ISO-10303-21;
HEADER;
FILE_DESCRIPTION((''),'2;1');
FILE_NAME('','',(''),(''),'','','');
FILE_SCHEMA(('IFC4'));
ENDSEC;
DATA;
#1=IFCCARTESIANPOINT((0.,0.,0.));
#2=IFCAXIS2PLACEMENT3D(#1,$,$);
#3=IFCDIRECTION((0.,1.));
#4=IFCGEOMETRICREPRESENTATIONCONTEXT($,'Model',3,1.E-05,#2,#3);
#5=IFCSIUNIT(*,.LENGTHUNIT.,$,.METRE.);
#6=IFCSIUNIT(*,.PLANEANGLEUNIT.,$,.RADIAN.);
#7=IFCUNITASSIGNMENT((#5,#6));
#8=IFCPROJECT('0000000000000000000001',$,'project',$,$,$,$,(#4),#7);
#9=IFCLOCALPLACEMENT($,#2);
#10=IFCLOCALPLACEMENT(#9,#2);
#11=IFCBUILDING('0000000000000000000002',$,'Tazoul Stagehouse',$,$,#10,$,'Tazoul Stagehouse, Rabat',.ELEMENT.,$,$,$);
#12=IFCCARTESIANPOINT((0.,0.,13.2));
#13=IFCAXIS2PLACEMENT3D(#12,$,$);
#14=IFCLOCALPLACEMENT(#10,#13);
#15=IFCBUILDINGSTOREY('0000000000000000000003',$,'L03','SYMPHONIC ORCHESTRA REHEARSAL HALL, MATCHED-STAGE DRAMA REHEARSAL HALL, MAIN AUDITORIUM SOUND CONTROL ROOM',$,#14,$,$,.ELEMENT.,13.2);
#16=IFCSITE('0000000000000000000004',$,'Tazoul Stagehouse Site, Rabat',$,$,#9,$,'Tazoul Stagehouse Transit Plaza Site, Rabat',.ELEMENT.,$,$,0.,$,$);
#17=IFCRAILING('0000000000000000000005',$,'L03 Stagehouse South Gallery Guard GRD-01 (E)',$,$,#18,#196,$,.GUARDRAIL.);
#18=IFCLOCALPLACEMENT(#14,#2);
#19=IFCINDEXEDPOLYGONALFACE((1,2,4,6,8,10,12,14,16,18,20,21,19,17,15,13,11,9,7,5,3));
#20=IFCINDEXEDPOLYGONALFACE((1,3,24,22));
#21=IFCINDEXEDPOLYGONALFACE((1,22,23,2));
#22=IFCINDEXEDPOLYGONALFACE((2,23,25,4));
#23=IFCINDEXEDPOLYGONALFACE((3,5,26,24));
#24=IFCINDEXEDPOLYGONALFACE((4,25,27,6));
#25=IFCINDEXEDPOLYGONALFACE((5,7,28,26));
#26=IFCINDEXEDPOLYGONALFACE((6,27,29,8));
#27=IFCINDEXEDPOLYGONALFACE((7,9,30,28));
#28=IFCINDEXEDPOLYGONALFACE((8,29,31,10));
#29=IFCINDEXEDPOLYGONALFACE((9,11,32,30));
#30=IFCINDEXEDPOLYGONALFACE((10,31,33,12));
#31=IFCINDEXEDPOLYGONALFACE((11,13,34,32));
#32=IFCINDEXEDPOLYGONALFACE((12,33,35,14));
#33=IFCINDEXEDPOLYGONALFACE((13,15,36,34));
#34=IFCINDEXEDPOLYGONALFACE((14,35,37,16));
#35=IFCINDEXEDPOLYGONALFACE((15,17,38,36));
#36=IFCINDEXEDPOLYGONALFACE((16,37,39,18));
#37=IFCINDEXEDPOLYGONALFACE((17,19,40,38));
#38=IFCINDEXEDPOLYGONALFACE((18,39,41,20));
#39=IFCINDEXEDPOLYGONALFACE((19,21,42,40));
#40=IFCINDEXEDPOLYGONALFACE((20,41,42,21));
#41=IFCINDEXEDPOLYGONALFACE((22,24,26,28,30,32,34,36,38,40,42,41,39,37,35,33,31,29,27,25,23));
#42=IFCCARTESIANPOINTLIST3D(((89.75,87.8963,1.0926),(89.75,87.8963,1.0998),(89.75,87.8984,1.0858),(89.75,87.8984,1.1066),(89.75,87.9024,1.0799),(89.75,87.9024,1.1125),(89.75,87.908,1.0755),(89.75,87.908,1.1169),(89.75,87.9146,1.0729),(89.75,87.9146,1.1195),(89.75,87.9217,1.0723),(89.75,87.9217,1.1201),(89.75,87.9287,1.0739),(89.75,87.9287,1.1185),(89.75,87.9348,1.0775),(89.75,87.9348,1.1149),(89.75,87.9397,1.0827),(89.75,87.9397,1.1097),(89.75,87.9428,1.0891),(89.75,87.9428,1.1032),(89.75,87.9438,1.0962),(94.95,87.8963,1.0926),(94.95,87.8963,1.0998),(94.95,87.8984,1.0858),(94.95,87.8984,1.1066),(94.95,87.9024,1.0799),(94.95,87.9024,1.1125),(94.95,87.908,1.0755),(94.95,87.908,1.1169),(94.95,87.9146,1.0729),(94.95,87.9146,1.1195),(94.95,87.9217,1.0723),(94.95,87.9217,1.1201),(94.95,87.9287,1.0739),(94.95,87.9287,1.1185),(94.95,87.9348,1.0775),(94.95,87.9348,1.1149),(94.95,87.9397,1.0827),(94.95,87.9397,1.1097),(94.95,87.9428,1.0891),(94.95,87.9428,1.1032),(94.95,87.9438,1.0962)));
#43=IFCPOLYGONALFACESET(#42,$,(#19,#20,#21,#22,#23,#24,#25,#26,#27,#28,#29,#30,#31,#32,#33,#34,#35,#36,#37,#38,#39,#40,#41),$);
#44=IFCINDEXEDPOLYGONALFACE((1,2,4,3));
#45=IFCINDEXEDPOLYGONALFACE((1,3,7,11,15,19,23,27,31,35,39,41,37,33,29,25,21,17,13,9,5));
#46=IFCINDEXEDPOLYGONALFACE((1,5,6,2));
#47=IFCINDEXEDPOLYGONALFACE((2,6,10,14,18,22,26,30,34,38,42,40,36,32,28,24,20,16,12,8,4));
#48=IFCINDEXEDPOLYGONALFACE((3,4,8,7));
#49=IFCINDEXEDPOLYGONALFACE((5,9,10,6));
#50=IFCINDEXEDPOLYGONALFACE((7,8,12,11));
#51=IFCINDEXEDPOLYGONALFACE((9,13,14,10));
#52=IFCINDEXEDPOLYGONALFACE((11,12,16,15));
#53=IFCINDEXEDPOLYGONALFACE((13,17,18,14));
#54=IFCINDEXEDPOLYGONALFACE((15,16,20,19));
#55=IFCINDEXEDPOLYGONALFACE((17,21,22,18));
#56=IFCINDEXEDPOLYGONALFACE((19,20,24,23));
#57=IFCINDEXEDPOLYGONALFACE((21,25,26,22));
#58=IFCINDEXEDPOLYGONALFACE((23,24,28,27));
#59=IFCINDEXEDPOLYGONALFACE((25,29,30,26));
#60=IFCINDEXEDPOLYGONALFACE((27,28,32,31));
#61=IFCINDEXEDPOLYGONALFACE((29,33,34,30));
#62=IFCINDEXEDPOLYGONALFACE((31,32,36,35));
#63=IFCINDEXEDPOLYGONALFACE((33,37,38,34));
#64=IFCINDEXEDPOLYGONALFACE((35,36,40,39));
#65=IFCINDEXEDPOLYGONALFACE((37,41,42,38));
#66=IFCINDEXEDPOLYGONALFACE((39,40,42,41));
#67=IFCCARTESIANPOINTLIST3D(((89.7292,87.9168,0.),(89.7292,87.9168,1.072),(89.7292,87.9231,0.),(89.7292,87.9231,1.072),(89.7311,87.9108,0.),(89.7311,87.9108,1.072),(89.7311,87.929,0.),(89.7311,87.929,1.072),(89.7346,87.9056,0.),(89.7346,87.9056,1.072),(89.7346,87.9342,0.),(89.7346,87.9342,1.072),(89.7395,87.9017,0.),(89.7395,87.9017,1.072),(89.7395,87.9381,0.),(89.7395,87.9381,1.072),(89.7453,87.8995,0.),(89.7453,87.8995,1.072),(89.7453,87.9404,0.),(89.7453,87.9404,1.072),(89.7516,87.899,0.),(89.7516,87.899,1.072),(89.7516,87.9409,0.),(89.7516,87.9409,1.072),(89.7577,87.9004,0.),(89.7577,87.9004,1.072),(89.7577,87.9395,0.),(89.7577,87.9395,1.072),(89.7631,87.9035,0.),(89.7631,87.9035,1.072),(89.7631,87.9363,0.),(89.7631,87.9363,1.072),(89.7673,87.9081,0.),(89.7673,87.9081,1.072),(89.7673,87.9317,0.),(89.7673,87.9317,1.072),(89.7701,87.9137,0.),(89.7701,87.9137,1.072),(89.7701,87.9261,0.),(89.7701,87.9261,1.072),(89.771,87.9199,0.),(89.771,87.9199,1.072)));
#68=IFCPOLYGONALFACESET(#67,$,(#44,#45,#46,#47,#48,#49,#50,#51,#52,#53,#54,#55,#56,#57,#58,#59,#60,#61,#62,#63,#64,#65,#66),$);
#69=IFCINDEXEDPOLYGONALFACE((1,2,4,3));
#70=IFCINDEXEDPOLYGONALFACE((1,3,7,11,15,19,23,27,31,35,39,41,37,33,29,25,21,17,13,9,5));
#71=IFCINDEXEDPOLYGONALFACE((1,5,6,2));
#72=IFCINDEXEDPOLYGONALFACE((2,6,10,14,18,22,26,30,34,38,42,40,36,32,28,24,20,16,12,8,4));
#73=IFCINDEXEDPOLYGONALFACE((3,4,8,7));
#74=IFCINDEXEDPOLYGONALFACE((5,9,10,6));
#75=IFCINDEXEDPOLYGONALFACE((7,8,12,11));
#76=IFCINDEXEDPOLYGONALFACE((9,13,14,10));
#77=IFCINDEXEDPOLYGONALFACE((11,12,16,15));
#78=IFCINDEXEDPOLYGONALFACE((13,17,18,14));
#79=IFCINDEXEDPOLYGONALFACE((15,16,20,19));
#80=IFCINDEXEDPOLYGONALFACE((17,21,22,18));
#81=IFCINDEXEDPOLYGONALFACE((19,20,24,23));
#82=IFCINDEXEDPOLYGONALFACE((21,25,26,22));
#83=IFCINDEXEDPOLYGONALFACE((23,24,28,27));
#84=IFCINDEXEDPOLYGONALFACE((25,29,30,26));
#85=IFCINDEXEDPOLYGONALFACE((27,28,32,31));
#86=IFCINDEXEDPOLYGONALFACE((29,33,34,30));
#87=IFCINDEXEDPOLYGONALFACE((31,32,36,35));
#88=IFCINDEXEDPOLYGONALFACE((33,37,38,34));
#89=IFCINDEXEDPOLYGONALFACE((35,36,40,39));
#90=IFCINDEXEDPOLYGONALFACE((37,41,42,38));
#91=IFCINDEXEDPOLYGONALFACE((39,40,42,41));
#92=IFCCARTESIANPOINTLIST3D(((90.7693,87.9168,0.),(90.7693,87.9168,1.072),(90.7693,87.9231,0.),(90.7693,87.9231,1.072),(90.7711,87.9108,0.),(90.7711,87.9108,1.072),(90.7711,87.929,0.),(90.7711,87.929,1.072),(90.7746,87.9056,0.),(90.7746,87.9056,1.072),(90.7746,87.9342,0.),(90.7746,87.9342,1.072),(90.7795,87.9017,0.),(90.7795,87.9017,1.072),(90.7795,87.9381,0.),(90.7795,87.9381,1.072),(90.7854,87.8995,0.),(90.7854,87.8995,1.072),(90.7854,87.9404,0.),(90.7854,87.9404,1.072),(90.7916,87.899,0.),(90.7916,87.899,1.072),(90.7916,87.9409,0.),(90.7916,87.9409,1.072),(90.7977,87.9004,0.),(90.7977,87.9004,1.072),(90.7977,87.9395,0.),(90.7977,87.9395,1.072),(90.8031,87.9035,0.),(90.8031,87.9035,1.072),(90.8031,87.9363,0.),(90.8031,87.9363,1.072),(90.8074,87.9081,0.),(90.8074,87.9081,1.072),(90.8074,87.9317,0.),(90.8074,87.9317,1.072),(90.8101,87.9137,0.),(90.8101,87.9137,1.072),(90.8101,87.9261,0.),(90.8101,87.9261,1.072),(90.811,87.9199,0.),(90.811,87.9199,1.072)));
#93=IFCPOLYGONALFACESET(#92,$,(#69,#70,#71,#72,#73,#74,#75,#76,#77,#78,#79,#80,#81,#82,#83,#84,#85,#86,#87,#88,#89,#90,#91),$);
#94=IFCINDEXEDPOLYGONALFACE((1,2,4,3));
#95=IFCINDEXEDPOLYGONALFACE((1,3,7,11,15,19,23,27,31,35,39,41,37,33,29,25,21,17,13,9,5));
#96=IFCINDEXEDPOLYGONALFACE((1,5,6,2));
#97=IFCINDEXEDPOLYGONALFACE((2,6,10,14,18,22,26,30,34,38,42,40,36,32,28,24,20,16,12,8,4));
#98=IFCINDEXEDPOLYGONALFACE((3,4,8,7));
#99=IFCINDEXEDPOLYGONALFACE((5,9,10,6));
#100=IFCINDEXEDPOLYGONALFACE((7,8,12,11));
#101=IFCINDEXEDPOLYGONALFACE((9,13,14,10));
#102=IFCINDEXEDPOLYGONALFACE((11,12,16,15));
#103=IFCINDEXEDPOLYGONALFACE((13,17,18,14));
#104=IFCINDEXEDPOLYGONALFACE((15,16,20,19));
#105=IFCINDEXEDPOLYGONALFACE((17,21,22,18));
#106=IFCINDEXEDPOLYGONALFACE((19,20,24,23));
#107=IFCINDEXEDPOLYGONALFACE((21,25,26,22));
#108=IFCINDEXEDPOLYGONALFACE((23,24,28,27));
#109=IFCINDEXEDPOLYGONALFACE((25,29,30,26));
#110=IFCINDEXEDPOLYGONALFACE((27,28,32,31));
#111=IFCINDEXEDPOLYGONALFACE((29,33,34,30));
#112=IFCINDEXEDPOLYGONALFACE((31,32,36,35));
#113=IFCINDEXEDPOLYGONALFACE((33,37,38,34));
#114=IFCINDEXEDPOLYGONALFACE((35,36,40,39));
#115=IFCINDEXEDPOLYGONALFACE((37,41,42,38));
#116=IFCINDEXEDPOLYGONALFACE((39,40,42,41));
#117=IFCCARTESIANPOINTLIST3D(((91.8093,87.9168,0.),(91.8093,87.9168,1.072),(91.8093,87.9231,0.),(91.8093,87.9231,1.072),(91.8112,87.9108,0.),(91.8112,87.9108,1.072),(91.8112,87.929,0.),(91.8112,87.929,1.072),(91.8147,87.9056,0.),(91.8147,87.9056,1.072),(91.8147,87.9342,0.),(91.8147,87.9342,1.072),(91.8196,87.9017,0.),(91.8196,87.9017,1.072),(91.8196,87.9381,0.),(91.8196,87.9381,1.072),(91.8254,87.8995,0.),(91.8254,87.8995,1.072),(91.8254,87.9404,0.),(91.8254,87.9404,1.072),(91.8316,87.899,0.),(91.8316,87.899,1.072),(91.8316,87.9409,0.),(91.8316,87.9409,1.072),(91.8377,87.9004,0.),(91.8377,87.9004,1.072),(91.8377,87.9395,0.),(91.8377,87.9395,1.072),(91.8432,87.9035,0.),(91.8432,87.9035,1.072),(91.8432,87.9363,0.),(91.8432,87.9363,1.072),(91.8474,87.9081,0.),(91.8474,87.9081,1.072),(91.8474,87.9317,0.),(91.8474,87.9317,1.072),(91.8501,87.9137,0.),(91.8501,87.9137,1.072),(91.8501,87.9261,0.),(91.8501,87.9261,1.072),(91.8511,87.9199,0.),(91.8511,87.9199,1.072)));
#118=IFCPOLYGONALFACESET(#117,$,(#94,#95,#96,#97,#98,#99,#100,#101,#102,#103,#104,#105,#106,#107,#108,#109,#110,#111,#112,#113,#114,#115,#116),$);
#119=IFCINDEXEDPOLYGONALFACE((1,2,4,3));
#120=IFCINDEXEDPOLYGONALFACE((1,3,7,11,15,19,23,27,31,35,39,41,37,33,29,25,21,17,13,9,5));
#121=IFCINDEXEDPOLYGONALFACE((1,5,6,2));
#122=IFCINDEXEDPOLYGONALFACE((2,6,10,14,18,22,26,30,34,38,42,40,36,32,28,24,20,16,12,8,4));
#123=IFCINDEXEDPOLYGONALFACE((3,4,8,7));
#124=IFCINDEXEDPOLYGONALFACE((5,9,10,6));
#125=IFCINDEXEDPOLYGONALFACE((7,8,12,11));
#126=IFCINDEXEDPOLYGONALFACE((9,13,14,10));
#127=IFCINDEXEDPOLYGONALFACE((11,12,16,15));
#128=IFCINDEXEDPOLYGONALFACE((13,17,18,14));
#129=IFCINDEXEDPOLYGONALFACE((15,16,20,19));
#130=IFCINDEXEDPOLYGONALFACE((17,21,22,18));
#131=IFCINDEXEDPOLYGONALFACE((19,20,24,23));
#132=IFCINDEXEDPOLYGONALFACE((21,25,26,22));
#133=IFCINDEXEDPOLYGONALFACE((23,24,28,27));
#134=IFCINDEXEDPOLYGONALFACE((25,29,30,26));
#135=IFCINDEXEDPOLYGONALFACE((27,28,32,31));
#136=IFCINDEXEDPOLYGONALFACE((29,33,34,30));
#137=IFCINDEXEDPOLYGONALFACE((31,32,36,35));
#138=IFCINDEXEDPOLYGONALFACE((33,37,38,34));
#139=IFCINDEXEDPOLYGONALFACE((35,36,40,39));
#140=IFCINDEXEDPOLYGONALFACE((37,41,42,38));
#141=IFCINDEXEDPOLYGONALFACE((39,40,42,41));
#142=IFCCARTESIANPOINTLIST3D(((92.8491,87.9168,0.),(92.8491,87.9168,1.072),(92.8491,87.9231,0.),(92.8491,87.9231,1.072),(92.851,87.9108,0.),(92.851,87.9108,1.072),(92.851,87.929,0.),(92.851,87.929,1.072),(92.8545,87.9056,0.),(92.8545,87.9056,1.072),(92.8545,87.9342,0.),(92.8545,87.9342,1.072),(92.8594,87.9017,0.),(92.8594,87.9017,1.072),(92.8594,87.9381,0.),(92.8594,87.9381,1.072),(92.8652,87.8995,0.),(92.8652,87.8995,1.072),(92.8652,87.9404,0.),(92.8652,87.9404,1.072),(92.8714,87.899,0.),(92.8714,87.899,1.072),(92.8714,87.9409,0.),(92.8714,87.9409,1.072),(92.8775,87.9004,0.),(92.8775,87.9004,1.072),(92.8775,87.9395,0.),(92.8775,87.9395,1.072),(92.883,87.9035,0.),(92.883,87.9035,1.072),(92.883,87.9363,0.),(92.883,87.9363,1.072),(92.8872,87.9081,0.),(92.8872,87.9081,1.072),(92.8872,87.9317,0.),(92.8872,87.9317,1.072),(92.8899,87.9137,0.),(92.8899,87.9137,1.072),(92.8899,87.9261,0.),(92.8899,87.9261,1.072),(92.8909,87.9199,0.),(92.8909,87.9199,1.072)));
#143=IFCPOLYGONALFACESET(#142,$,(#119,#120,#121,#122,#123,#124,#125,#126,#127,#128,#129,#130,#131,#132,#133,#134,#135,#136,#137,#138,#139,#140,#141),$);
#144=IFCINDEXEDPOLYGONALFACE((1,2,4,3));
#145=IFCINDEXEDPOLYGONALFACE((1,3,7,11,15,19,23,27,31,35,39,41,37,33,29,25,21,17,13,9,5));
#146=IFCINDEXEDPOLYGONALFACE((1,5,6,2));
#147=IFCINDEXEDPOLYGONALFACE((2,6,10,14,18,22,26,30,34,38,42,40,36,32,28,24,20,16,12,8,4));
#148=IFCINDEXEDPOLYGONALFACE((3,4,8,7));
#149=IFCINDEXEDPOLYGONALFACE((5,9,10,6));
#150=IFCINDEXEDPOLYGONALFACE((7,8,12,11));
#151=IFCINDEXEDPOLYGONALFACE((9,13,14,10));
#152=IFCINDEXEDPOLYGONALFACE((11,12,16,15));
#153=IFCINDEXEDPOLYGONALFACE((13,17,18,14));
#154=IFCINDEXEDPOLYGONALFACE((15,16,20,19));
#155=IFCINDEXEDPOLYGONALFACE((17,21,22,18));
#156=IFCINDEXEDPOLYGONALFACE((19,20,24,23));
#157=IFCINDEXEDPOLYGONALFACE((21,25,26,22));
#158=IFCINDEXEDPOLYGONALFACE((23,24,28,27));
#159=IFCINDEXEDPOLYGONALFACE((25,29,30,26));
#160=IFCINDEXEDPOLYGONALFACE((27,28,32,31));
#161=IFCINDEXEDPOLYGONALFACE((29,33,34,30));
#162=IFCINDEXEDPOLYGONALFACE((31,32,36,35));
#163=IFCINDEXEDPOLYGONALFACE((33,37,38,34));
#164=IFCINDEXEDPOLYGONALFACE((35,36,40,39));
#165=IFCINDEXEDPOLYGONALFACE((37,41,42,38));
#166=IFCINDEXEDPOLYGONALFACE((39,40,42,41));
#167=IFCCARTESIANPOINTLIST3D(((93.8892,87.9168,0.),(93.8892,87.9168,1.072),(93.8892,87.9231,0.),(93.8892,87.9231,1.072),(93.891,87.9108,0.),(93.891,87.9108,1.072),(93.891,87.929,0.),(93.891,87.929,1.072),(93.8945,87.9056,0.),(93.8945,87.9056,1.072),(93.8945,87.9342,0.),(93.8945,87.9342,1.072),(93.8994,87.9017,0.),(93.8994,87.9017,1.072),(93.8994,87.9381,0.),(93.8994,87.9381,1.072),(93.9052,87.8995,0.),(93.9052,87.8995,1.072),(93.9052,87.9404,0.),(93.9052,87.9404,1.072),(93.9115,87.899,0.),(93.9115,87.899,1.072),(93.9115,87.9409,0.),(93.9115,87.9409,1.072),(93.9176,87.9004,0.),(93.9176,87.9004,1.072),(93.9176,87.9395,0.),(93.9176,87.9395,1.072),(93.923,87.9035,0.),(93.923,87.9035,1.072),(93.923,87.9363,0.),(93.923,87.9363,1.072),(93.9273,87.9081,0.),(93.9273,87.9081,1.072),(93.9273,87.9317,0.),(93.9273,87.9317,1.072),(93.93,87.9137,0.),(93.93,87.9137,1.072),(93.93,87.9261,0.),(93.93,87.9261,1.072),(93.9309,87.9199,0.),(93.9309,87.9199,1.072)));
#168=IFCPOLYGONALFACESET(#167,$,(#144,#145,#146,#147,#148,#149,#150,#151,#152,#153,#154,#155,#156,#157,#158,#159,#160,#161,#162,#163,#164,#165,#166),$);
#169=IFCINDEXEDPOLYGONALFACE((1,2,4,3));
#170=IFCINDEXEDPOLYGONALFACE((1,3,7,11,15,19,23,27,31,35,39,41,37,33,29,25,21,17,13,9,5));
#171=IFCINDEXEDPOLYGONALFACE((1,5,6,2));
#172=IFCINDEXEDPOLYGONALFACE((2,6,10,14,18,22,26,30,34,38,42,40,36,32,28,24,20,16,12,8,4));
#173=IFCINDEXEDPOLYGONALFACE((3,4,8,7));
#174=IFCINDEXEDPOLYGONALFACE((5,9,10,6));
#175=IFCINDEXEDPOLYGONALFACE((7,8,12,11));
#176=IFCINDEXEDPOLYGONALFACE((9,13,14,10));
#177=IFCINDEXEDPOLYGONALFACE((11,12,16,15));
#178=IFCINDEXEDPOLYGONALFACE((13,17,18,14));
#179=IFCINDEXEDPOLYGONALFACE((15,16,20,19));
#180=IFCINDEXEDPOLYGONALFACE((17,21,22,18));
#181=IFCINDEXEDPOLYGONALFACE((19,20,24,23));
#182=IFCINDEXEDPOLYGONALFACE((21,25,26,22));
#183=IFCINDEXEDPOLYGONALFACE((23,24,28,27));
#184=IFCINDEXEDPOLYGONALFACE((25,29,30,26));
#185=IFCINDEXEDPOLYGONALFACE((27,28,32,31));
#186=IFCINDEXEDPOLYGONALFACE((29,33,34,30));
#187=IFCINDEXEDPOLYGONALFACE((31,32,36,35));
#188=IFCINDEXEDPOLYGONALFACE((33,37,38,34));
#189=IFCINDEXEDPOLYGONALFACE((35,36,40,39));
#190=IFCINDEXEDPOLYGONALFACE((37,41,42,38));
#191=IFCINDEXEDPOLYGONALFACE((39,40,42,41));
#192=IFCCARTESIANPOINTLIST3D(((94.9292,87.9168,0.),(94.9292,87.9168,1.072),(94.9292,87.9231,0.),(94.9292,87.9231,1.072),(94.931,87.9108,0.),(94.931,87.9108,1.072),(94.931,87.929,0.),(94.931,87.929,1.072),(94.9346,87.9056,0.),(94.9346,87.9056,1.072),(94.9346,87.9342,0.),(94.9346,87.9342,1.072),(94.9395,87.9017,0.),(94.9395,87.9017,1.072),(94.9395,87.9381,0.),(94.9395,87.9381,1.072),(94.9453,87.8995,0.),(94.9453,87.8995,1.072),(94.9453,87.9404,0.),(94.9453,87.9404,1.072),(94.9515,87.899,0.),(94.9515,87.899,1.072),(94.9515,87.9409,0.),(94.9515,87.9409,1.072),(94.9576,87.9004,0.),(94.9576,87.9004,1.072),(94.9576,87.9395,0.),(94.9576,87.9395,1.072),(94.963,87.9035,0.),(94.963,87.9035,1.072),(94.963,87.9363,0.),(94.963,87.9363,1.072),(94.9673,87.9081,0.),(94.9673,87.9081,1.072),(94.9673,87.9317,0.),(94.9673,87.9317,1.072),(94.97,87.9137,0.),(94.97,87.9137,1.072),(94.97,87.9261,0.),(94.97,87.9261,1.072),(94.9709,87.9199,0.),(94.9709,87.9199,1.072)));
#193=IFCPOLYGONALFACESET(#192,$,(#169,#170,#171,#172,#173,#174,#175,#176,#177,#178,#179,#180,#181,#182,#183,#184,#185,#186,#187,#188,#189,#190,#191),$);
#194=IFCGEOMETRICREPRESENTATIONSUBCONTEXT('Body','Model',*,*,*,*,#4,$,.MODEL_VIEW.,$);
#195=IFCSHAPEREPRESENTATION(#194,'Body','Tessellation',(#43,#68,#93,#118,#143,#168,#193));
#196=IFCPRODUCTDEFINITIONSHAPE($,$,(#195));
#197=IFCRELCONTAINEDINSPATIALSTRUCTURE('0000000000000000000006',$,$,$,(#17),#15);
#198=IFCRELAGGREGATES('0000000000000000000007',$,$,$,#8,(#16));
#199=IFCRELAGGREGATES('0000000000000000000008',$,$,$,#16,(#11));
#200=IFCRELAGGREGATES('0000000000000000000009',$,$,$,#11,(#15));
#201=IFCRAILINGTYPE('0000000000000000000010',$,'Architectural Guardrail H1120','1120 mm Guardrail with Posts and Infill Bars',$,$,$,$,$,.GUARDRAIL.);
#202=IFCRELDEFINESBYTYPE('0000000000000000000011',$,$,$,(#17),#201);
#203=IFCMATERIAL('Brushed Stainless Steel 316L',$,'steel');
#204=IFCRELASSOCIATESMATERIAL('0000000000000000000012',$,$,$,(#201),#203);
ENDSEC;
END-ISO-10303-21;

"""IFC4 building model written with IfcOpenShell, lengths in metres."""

from ifc_helpers import new_model, si_unit, direction, frame, origin, origin_2d, place, context, subcontext, project, spatial, circle, extrude, material, material_profile, profile_set, type_object, element, save


model = new_model("IFC4")

# Units and contexts
model_context = context("Model", 3, precision=1e-05, world=origin(), true_north=direction((0.0, 1.0)))
body_context = subcontext(model_context, "Body", "Model", "MODEL_VIEW")
ifc_project = project(units=[si_unit("LENGTHUNIT", "METRE"), si_unit("PLANEANGLEUNIT", "RADIAN")], contexts=[model_context])

# Site, building, storey
site_placement = place(None, origin())
site = spatial("IfcSite", under=ifc_project, at=site_placement, Name="Tazoul Stagehouse Site, Rabat", LongName="Tazoul Stagehouse Transit Plaza Site, Rabat", CompositionType="ELEMENT", RefElevation=0.0)
building_placement = place(site_placement, origin())
building = spatial("IfcBuilding", under=site, at=building_placement, Name="Tazoul Stagehouse", LongName="Tazoul Stagehouse, Rabat", CompositionType="ELEMENT")
storey_placement = place(building_placement, frame((0.0, 0.0, 13.2)))
storey = spatial("IfcBuildingStorey", under=building, at=storey_placement, Name="L03", Description="SYMPHONIC ORCHESTRA REHEARSAL HALL, MATCHED-STAGE DRAMA REHEARSAL HALL, MAIN AUDITORIUM SOUND CONTROL ROOM", CompositionType="ELEMENT", Elevation=13.2)

# Railing
ifc_material_1 = material(Name="Brushed Stainless Steel 316L", Category="steel")
ifc_material_profile_1 = material_profile(ifc_material_1, circle(Radius=0.0239, at=origin_2d()), Name="SS RAIL D48")
ifc_profile_set_1 = profile_set([ifc_material_profile_1], Name="Brushed Stainless Steel 316L")
railing_type = type_object("IfcRailingType", Name="Architectural Guardrail H1120", Description="1120 mm Guardrail with Posts and Infill Bars", PredefinedType="GUARDRAIL", material=ifc_profile_set_1)
railing_1_placement = place(storey_placement, frame((89.75, 87.9199, 0.0)))
element("IfcRailing", 1, at=railing_1_placement, inside=storey, type_object=railing_type, Name="L03 Stagehouse South Gallery Guard GRD-01 (E)", PredefinedType="GUARDRAIL", context=body_context, shape_type="SweptSolid", body=[
    extrude(circle(Radius=0.0239, at=origin_2d()), frame((0.0, 0.0, 1.0962), z_axis=(1.0, 0.0, 0.0), x_axis=(0.0, 1.0, 0.0)), (0.0, 0.0, 1.0), 5.2),
    extrude(circle(Radius=0.021, at=origin_2d()), origin(), (0.0, 0.0, 1.0), 1.072),
    extrude(circle(Radius=0.021, at=origin_2d()), frame((1.04, 0.0, 0.0)), (0.0, 0.0, 1.0), 1.072),
    extrude(circle(Radius=0.021, at=origin_2d()), frame((2.0801, 0.0, 0.0)), (0.0, 0.0, 1.0), 1.072),
    extrude(circle(Radius=0.021, at=origin_2d()), frame((3.1199, 0.0, 0.0)), (0.0, 0.0, 1.0), 1.072),
    extrude(circle(Radius=0.021, at=origin_2d()), frame((4.1599, 0.0, 0.0)), (0.0, 0.0, 1.0), 1.072),
    extrude(circle(Radius=0.021, at=origin_2d()), frame((5.2, 0.0, 0.0)), (0.0, 0.0, 1.0), 1.072),
])

save(model, "model.ifc")
